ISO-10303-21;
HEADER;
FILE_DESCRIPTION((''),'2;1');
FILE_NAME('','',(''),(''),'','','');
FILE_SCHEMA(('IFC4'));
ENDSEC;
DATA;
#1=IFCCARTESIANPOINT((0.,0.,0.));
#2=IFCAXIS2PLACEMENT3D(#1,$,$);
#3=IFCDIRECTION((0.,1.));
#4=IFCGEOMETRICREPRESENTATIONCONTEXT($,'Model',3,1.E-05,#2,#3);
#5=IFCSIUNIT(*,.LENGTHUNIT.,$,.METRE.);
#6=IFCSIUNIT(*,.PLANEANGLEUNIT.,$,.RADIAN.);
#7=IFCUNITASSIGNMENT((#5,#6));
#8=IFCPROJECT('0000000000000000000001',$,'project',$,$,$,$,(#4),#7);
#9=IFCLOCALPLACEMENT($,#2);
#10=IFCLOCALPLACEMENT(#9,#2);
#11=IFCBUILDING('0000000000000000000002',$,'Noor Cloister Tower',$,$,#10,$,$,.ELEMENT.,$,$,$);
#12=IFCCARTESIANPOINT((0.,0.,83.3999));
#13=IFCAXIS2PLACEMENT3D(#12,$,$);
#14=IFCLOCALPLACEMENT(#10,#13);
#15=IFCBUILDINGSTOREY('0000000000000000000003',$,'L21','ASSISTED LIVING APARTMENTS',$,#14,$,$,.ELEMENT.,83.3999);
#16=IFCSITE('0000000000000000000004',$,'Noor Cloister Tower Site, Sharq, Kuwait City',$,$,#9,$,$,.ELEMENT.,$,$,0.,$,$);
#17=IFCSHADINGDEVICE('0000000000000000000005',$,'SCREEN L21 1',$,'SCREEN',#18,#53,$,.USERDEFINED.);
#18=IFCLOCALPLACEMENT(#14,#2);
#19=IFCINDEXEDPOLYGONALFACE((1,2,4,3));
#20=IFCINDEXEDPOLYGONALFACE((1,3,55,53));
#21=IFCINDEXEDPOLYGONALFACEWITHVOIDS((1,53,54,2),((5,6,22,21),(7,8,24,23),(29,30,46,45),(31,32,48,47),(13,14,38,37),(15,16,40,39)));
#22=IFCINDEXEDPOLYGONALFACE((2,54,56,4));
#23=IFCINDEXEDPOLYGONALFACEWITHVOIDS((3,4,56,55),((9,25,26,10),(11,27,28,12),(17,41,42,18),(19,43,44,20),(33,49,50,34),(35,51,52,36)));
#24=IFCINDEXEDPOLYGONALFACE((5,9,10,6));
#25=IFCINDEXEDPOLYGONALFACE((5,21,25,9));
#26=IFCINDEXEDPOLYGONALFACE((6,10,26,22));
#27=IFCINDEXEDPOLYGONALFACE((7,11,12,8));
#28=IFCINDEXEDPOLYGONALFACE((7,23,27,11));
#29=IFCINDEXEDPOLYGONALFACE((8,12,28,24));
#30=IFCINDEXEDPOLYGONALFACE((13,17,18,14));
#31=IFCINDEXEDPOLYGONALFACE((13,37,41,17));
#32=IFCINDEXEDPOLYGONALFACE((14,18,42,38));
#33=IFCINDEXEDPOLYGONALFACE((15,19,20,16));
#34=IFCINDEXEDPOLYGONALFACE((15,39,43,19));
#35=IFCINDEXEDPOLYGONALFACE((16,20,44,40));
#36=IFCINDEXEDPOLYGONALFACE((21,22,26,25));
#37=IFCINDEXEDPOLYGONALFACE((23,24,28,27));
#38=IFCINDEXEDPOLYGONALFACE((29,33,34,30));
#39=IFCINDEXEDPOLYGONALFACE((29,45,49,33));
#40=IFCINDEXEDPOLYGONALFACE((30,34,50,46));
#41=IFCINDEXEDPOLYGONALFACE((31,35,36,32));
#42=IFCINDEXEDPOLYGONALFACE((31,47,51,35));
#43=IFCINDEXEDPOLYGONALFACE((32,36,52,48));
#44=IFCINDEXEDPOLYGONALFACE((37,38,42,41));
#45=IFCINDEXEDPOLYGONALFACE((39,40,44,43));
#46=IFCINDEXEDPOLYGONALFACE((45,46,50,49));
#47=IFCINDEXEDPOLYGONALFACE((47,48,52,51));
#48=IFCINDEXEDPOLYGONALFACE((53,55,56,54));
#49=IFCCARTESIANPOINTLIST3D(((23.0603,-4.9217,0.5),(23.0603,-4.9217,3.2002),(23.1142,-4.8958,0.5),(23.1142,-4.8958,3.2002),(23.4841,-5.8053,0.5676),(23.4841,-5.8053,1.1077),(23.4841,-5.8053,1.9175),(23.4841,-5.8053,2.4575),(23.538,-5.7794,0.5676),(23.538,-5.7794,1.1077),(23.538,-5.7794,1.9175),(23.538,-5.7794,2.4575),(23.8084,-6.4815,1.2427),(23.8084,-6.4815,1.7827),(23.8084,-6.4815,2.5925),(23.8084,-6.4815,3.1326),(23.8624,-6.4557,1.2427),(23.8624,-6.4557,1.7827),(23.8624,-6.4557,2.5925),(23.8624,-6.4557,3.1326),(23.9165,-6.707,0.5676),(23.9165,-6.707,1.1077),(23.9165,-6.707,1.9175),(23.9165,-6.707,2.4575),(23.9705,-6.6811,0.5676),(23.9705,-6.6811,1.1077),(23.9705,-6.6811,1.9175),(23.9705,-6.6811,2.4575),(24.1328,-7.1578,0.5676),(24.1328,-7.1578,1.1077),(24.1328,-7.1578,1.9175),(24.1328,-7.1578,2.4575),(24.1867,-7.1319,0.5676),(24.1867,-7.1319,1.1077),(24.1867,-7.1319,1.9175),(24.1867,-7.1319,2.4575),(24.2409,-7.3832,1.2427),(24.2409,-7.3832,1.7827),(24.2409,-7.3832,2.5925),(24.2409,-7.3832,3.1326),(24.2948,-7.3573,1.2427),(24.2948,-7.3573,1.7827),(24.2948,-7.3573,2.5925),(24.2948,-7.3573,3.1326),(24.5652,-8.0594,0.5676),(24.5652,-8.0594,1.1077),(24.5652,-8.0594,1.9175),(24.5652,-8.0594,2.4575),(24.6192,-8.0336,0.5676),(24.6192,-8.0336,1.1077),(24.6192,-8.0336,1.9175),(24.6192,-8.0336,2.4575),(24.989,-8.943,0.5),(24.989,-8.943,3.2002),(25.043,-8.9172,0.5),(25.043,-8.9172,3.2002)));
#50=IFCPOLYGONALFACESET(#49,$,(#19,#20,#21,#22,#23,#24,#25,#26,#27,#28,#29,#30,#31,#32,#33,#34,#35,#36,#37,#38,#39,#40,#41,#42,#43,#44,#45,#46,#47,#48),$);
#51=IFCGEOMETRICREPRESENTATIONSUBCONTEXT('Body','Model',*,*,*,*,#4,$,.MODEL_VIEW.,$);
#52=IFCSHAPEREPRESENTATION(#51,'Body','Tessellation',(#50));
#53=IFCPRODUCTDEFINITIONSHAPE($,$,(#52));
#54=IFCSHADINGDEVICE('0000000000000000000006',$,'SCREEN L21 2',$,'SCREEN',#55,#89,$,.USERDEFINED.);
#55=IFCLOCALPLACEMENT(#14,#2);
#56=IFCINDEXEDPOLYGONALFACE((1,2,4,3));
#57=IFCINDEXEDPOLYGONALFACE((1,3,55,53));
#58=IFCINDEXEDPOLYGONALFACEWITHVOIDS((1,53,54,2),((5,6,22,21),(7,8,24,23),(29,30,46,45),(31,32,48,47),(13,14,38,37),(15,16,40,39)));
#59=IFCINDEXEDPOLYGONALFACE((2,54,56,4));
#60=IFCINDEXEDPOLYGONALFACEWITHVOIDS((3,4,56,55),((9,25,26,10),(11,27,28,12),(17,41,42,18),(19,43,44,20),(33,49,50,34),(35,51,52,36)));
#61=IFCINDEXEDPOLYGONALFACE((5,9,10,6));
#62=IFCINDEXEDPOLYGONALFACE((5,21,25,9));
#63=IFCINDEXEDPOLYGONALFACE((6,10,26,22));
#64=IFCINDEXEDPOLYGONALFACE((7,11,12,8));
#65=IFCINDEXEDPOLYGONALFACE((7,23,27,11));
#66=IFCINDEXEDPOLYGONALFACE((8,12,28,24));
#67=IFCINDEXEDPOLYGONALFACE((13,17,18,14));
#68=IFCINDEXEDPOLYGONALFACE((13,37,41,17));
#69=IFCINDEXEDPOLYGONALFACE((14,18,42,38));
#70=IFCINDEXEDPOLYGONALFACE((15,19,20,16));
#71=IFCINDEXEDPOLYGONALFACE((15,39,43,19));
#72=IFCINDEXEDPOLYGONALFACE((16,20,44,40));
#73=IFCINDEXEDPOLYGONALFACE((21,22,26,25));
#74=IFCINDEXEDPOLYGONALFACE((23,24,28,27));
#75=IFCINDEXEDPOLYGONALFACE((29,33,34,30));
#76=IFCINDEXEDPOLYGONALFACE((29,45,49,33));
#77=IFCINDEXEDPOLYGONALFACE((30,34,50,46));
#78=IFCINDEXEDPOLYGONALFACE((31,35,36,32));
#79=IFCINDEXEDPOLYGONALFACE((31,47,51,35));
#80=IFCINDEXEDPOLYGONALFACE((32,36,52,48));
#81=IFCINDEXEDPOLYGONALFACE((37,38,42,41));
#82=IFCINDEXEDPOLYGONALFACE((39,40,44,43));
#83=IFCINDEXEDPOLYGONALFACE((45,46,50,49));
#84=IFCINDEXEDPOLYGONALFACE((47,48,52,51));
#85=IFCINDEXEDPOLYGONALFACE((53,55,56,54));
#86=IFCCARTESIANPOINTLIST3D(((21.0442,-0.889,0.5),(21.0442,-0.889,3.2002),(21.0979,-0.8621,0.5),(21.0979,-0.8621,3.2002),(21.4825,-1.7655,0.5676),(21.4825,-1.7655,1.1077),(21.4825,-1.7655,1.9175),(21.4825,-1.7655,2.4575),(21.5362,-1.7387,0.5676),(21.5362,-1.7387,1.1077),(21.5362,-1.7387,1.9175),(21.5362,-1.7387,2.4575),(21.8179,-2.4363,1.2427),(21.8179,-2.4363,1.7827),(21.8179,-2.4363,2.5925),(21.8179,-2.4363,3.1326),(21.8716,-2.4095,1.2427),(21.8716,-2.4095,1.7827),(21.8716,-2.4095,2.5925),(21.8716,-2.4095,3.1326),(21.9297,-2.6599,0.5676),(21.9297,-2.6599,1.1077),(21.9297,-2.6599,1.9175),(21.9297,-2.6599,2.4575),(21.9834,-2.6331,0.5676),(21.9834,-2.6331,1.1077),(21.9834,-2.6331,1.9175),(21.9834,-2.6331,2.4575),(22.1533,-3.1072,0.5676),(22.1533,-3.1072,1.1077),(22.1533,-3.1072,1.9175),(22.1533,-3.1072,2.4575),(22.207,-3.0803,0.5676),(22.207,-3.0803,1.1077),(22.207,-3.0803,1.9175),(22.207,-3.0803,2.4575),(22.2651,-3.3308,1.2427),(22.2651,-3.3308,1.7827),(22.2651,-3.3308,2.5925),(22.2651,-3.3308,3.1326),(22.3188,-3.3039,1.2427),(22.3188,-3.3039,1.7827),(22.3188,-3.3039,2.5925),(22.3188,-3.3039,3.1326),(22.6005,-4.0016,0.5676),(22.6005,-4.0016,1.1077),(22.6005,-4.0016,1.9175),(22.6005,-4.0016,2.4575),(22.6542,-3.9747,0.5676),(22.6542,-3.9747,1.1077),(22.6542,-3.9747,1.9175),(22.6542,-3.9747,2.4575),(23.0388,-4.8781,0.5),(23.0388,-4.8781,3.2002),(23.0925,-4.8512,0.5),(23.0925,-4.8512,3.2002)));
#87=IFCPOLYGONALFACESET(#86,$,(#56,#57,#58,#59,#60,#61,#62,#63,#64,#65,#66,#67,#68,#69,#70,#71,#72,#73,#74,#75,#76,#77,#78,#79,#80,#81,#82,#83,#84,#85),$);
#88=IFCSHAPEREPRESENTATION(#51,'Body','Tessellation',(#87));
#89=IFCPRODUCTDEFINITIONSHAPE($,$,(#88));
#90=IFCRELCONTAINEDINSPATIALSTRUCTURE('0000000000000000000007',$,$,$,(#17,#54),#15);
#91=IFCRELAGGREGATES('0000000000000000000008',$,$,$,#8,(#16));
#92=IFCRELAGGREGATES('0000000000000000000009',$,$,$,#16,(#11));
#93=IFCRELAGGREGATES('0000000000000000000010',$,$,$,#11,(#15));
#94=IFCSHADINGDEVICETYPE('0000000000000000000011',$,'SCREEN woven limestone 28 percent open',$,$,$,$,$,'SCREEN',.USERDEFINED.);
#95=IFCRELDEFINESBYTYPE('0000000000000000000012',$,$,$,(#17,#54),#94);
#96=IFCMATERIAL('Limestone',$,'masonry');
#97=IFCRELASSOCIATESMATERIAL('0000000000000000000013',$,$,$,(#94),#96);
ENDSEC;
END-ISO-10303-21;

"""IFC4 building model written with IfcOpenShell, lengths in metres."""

from ifc_helpers import new_model, si_unit, direction, frame, origin, place, context, subcontext, project, spatial, polyline, outline, extrude, material, material_profile, profile_set, type_object, element, save


model = new_model("IFC4")

# Units and contexts
model_context = context("Model", 3, precision=1e-05, world=origin(), true_north=direction((0.0, 1.0)))
body_context = subcontext(model_context, "Body", "Model", "MODEL_VIEW")
ifc_project = project(units=[si_unit("LENGTHUNIT", "METRE"), si_unit("PLANEANGLEUNIT", "RADIAN")], contexts=[model_context])

# Site, building, storey
site_placement = place(None, origin())
site = spatial("IfcSite", under=ifc_project, at=site_placement, Name="Noor Cloister Tower Site, Sharq, Kuwait City", CompositionType="ELEMENT", RefElevation=0.0)
building_placement = place(site_placement, origin())
building = spatial("IfcBuilding", under=site, at=building_placement, Name="Noor Cloister Tower", CompositionType="ELEMENT")
storey_placement = place(building_placement, frame((0.0, 0.0, 83.3999)))
storey = spatial("IfcBuildingStorey", under=building, at=storey_placement, Name="L21", Description="ASSISTED LIVING APARTMENTS", CompositionType="ELEMENT", Elevation=83.3999)

# Shading devices
ifc_material_1 = material(Name="Limestone", Category="masonry")
ifc_material_profile_1 = material_profile(ifc_material_1, outline(polyline([(-2.23, -1.3501), (2.23, -1.3501), (2.23, 1.3501), (-2.23, 1.3501), (-2.23, -1.3501)]), holes=[polyline([(-1.25, -1.2825), (-0.25, -1.2825), (-0.25, -0.7424), (-1.25, -0.7424), (-1.25, -1.2825)]), polyline([(0.25, -1.2825), (1.25, -1.2825), (1.25, -0.7424), (0.25, -0.7424), (0.25, -1.2825)]), polyline([(-0.5, -0.6074), (0.5, -0.6074), (0.5, -0.0674), (-0.5, -0.0674), (-0.5, -0.6074)]), polyline([(-1.25, 0.0674), (-0.25, 0.0674), (-0.25, 0.6074), (-1.25, 0.6074), (-1.25, 0.0674)]), polyline([(0.25, 0.0674), (1.25, 0.0674), (1.25, 0.6074), (0.25, 0.6074), (0.25, 0.0674)]), polyline([(-0.5, 0.7424), (0.5, 0.7424), (0.5, 1.2825), (-0.5, 1.2825), (-0.5, 0.7424)])]), Name="Woven screen 28 percent open")
ifc_profile_set_1 = profile_set([ifc_material_profile_1], Name="Limestone")
shading_device_type = type_object("IfcShadingDeviceType", Name="SCREEN woven limestone 28 percent open", ElementType="SCREEN", PredefinedType="USERDEFINED", material=ifc_profile_set_1)
shading_device_1_placement = place(storey_placement, frame((24.0247, -6.9324, 1.8501), z_axis=(0.90165, 0.432466, 0.0), x_axis=(-0.432466, 0.90165, 0.0)))
element("IfcShadingDevice", 1, at=shading_device_1_placement, inside=storey, type_object=shading_device_type, Name="SCREEN L21 1", ObjectType="SCREEN", PredefinedType="USERDEFINED", context=body_context, shape_type="SweptSolid", body=[
    extrude(outline(polyline([(-2.23, -1.3501), (2.23, -1.3501), (2.23, 1.3501), (-2.23, 1.3501), (-2.23, -1.3501)]), holes=[polyline([(-1.25, -1.2825), (-0.25, -1.2825), (-0.25, -0.7424), (-1.25, -0.7424), (-1.25, -1.2825)]), polyline([(0.25, -1.2825), (1.25, -1.2825), (1.25, -0.7424), (0.25, -0.7424), (0.25, -1.2825)]), polyline([(-0.5, -0.6074), (0.5, -0.6074), (0.5, -0.0674), (-0.5, -0.0674), (-0.5, -0.6074)]), polyline([(-1.25, 0.0674), (-0.25, 0.0674), (-0.25, 0.6074), (-1.25, 0.6074), (-1.25, 0.0674)]), polyline([(0.25, 0.0674), (1.25, 0.0674), (1.25, 0.6074), (0.25, 0.6074), (0.25, 0.0674)]), polyline([(-0.5, 0.7424), (0.5, 0.7424), (0.5, 1.2825), (-0.5, 1.2825), (-0.5, 0.7424)])]), origin(), (0.0, 0.0, 1.0), 0.0598),
])
shading_device_2_placement = place(storey_placement, frame((22.0415, -2.8835, 1.8501), z_axis=(0.894427, 0.447214, 0.0), x_axis=(-0.447214, 0.894427, 0.0)))
element("IfcShadingDevice", 2, at=shading_device_2_placement, inside=storey, type_object=shading_device_type, Name="SCREEN L21 2", ObjectType="SCREEN", PredefinedType="USERDEFINED", context=body_context, shape_type="SweptSolid", body=[
    extrude(outline(polyline([(-2.23, -1.3501), (2.23, -1.3501), (2.23, 1.3501), (-2.23, 1.3501), (-2.23, -1.3501)]), holes=[polyline([(-1.25, -1.2825), (-0.25, -1.2825), (-0.25, -0.7424), (-1.25, -0.7424), (-1.25, -1.2825)]), polyline([(0.25, -1.2825), (1.25, -1.2825), (1.25, -0.7424), (0.25, -0.7424), (0.25, -1.2825)]), polyline([(-0.5, -0.6074), (0.5, -0.6074), (0.5, -0.0674), (-0.5, -0.0674), (-0.5, -0.6074)]), polyline([(-1.25, 0.0674), (-0.25, 0.0674), (-0.25, 0.6074), (-1.25, 0.6074), (-1.25, 0.0674)]), polyline([(0.25, 0.0674), (1.25, 0.0674), (1.25, 0.6074), (0.25, 0.6074), (0.25, 0.0674)]), polyline([(-0.5, 0.7424), (0.5, 0.7424), (0.5, 1.2825), (-0.5, 1.2825), (-0.5, 0.7424)])]), origin(), (0.0, 0.0, 1.0), 0.0601),
])

save(model, "model.ifc")
